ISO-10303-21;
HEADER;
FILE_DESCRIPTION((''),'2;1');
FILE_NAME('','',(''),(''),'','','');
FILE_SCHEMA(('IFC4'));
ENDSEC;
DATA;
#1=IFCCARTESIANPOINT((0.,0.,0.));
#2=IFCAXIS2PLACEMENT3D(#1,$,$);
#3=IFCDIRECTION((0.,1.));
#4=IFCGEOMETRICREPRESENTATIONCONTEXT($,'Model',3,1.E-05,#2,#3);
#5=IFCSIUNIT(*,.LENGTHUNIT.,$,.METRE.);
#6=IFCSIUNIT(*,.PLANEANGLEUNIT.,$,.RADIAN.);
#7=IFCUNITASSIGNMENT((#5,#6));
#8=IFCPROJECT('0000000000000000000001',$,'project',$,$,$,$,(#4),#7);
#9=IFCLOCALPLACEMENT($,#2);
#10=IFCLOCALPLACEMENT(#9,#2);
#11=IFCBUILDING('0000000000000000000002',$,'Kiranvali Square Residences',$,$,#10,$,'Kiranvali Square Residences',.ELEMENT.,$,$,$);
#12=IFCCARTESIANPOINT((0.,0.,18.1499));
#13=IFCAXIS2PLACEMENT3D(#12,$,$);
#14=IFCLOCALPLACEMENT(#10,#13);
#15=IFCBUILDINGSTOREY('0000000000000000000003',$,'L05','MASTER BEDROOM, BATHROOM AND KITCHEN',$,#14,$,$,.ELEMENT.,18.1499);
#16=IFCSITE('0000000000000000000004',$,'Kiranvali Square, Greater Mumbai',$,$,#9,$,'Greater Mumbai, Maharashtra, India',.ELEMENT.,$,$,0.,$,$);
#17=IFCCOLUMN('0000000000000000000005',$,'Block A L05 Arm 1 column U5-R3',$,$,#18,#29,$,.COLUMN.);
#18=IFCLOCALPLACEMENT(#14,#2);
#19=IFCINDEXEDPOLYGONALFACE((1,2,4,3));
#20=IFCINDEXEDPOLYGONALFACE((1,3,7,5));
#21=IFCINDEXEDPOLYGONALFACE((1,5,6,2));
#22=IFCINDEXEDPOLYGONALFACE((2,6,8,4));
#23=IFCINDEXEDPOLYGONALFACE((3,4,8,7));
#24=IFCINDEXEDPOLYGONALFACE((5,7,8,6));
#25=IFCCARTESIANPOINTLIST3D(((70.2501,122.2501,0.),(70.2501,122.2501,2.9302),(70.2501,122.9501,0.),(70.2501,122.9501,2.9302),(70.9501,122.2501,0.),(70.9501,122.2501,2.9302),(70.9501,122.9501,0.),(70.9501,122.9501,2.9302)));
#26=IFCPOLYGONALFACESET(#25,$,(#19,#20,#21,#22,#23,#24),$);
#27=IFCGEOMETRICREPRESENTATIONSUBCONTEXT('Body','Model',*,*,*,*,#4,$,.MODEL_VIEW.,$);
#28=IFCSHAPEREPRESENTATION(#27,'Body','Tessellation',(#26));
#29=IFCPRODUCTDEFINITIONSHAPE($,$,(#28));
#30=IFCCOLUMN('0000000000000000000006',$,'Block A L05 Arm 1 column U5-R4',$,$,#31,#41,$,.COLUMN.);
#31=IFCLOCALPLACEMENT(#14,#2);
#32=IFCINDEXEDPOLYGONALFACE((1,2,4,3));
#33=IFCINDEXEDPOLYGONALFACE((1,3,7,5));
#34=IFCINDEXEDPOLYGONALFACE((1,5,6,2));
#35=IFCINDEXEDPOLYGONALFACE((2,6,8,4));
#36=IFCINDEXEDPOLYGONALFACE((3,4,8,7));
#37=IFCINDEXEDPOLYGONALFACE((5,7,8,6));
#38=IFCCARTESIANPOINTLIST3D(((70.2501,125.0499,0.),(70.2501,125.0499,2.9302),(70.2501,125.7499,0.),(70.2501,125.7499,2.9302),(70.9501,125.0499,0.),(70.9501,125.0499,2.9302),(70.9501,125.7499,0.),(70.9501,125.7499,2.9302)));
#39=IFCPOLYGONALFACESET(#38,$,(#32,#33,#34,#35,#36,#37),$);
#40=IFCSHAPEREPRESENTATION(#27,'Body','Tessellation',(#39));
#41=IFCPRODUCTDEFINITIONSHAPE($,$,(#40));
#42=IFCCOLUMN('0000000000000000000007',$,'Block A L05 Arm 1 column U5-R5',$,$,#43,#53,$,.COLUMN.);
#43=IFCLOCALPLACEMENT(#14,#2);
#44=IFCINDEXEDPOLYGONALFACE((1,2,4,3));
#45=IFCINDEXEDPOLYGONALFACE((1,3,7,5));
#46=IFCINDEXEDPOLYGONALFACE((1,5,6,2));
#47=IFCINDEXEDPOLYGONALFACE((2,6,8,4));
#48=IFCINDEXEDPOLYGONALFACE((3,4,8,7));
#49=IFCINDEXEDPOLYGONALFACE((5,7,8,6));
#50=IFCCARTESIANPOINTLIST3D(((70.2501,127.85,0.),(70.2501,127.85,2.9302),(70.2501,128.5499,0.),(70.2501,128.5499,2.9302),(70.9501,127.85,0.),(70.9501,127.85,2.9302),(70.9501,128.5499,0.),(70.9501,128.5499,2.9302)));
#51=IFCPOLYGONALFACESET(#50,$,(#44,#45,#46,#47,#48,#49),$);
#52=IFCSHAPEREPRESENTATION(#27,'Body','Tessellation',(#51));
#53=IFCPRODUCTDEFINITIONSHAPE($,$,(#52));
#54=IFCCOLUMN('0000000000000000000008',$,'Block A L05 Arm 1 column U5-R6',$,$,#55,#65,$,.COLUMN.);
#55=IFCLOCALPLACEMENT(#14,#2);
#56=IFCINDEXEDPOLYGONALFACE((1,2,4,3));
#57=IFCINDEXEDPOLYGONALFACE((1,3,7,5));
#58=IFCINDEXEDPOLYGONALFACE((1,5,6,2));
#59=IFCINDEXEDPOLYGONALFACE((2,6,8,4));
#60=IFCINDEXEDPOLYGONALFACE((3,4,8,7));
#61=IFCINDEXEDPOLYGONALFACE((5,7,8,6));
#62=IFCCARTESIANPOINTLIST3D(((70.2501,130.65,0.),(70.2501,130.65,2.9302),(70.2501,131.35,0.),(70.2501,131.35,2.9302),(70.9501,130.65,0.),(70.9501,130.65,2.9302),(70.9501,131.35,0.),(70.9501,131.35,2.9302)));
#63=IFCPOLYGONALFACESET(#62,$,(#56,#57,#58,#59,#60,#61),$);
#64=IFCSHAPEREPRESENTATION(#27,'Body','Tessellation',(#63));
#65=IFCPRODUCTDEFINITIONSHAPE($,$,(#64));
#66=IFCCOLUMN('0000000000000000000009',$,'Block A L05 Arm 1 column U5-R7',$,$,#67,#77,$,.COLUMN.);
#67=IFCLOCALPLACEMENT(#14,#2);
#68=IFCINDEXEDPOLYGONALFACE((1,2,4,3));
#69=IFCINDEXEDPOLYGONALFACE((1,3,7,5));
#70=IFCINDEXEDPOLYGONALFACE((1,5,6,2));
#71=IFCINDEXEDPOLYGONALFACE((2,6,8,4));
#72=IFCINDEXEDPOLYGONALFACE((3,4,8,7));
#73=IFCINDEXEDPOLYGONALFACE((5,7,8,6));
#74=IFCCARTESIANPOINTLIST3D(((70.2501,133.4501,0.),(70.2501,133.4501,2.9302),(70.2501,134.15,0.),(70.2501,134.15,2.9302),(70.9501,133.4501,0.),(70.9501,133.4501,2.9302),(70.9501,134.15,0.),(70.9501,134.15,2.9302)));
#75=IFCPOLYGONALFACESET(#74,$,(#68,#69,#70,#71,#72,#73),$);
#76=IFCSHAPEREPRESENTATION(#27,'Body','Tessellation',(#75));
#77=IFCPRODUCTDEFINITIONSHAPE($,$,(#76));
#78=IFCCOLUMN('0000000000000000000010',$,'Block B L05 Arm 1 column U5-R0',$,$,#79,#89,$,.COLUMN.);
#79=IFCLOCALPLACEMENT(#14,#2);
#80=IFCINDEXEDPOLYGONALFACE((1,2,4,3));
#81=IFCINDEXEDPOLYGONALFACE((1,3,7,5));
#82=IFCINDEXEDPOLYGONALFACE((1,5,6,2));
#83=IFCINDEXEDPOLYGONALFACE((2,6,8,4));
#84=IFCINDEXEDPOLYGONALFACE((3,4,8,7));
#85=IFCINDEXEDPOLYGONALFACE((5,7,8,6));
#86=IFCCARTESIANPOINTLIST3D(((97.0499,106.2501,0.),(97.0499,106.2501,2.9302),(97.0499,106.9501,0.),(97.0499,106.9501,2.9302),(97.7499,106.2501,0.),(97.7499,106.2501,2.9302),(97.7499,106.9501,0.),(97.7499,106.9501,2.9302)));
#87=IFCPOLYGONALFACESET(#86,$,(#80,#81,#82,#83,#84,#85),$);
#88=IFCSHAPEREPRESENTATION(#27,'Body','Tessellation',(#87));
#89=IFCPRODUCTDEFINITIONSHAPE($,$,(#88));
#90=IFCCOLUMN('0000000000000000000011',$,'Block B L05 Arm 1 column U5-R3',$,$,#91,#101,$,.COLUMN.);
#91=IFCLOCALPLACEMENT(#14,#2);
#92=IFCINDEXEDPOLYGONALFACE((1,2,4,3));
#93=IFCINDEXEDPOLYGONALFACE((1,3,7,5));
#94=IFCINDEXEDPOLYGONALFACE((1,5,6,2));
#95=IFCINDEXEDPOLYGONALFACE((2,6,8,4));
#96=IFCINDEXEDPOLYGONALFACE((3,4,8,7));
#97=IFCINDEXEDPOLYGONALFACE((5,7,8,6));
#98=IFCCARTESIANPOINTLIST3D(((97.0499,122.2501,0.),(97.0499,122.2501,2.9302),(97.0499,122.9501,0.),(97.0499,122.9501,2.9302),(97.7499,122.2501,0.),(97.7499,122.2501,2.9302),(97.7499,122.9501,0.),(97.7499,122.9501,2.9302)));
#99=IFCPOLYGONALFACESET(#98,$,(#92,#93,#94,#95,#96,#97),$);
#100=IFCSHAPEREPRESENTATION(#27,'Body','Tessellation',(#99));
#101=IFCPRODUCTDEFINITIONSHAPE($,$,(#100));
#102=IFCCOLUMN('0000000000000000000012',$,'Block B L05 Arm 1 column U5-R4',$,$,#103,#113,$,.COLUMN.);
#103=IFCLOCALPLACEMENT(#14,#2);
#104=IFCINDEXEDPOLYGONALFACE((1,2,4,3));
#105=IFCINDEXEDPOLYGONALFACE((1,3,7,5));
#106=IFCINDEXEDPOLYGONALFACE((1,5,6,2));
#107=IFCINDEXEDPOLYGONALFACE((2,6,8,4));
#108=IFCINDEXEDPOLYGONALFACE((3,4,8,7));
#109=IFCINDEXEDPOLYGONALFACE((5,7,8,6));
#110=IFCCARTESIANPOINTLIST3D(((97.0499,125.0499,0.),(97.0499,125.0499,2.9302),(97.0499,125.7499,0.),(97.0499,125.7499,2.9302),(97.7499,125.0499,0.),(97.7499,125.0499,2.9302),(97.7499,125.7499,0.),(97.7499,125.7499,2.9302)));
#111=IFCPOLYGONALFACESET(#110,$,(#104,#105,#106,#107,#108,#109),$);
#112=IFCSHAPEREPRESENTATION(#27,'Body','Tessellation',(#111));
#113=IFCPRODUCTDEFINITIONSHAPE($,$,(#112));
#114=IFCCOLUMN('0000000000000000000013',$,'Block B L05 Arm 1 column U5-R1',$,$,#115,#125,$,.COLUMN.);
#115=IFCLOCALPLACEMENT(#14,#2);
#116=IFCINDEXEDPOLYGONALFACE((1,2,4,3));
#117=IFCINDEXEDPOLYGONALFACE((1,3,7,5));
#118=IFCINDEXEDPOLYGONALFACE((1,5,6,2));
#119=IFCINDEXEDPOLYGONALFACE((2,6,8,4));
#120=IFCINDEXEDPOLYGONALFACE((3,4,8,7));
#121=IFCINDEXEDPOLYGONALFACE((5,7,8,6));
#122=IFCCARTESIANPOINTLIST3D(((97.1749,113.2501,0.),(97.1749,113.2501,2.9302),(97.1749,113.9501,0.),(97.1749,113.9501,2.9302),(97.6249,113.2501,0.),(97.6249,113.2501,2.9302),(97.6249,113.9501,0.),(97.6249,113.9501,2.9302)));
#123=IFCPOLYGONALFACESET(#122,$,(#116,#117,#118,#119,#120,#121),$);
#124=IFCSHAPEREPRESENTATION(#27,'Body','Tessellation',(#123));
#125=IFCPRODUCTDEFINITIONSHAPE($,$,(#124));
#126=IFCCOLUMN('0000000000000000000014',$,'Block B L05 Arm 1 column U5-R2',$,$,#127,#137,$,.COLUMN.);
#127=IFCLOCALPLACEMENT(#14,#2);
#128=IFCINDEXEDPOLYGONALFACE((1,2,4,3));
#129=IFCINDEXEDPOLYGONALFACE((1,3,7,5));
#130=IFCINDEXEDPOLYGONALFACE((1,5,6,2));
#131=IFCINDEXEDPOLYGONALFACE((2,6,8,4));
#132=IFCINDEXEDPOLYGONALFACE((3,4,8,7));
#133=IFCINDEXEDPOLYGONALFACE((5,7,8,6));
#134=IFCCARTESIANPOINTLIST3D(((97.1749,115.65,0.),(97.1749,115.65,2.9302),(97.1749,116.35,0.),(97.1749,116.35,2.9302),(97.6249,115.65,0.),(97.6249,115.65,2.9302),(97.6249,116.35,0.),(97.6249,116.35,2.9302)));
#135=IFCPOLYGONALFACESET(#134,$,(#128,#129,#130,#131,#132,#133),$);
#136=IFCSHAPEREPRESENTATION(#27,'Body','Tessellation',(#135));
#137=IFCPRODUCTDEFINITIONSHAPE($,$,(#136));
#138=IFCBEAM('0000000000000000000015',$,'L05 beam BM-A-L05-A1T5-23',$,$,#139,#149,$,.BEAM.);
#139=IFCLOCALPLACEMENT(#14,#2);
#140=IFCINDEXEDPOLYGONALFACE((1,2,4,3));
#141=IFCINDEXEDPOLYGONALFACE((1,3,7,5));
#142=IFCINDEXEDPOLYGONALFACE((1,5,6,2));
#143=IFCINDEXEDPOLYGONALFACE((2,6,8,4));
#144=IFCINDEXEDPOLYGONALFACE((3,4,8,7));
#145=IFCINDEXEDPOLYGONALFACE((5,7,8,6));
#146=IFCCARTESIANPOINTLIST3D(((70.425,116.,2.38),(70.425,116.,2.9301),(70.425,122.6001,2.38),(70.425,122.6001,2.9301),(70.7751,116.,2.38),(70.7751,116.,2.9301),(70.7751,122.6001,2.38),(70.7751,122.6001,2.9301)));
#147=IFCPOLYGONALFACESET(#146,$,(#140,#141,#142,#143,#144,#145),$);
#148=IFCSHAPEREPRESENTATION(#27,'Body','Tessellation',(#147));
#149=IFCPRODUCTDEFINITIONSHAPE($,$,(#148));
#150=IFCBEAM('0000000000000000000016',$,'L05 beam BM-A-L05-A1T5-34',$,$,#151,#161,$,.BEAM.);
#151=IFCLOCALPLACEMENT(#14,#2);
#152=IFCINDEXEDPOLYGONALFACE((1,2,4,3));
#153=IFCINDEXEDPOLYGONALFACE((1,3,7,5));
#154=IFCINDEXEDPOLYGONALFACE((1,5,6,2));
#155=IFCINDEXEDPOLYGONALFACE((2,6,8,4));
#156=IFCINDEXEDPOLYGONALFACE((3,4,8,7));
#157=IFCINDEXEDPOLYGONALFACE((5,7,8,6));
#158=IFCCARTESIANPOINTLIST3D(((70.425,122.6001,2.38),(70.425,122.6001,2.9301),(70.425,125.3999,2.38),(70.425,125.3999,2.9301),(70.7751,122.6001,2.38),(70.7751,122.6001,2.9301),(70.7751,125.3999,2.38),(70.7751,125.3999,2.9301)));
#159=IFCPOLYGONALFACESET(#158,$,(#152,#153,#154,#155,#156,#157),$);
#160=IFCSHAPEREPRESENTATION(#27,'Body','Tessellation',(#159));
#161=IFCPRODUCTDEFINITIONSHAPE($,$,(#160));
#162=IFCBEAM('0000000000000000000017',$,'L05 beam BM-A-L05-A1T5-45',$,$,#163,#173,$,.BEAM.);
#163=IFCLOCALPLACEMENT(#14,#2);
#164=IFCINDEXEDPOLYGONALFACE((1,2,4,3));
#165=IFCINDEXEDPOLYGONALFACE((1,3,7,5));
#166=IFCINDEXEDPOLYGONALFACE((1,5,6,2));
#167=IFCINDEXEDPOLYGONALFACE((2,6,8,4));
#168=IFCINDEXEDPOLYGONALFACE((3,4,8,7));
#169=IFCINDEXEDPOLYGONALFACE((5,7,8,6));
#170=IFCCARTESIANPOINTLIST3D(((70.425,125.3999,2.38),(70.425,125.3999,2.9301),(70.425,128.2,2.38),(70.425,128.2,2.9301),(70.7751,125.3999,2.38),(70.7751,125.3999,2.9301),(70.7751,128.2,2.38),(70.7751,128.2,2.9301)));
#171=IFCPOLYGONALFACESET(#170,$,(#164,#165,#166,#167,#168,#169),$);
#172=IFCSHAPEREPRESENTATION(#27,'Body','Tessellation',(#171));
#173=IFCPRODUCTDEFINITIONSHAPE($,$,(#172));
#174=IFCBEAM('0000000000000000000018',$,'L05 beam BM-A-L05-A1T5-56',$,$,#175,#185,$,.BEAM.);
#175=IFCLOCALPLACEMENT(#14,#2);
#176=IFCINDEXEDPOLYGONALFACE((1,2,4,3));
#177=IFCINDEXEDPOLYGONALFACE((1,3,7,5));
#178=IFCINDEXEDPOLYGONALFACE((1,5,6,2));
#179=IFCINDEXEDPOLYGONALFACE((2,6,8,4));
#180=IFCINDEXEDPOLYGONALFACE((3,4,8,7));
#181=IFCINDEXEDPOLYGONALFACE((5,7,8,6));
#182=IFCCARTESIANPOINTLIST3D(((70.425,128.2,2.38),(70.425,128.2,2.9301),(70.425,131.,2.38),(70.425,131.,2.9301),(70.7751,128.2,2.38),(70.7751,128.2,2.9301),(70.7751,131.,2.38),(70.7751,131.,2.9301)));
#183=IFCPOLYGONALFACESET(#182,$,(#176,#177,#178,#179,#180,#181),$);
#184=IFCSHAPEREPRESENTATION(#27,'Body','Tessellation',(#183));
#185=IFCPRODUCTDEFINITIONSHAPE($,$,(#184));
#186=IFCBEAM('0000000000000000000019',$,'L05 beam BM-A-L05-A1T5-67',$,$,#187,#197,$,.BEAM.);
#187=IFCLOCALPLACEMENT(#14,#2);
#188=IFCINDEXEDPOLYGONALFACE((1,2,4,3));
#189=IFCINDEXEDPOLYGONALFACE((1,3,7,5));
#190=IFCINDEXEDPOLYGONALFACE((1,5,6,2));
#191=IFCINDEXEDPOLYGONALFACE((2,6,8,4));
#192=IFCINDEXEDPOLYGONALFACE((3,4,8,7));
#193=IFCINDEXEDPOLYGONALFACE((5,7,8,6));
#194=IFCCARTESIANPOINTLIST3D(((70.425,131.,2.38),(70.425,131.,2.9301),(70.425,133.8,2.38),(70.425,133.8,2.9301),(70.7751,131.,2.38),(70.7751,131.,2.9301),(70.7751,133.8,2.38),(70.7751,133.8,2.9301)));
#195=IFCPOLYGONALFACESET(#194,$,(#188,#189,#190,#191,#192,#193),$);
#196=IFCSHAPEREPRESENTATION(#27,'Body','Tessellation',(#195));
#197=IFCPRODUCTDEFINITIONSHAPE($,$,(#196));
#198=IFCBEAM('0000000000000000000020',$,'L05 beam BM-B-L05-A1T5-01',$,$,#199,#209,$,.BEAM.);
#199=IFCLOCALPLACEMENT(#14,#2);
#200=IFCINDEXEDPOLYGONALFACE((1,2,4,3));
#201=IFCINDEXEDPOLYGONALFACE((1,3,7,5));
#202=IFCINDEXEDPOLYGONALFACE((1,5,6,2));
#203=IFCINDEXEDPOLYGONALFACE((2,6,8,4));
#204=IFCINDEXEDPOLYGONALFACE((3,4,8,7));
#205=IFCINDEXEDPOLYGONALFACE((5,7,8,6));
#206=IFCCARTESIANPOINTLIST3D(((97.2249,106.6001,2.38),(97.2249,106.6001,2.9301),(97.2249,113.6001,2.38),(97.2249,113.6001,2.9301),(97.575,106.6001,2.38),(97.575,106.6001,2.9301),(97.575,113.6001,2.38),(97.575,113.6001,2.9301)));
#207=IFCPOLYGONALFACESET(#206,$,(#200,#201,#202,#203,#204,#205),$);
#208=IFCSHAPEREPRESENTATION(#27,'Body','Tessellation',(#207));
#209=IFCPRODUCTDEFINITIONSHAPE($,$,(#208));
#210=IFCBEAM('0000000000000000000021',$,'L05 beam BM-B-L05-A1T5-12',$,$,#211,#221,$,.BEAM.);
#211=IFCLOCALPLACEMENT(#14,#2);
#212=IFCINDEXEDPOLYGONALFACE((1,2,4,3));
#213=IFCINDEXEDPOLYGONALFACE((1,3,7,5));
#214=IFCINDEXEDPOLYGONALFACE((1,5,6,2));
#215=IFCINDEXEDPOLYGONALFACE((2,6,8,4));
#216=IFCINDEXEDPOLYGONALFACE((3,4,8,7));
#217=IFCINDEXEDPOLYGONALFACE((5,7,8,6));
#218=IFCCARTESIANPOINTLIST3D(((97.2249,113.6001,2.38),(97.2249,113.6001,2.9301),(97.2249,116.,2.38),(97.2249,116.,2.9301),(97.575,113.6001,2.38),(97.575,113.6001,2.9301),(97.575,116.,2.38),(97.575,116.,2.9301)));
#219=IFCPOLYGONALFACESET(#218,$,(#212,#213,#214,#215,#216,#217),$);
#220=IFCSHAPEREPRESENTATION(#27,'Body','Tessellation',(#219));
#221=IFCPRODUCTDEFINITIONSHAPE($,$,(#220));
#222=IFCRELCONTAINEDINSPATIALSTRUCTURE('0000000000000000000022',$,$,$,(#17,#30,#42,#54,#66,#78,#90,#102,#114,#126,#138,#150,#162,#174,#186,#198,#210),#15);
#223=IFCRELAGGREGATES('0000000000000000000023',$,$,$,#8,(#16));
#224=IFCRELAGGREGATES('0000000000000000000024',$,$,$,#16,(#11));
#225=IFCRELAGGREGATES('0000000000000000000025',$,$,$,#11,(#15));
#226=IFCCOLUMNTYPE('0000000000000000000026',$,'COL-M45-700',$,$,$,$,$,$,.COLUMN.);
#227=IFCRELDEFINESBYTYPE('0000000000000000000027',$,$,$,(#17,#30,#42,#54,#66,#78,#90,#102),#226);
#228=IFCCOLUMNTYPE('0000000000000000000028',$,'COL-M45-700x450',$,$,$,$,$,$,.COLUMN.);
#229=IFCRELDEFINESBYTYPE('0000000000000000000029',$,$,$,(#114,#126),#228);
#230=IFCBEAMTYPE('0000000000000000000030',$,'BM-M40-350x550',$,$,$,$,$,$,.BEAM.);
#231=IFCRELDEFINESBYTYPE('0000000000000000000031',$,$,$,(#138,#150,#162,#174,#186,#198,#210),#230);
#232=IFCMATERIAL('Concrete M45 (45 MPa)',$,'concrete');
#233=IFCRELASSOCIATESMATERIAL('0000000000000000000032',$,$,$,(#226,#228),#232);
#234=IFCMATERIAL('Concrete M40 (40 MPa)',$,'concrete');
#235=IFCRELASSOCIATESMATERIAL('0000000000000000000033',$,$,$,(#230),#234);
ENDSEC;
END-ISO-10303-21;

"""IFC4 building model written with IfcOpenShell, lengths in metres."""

from ifc_helpers import new_model, si_unit, direction, frame, origin, origin_2d, place, context, subcontext, project, spatial, rectangle, extrude, material, material_profile, profile_set, type_object, element, save


model = new_model("IFC4")

# Units and contexts
model_context = context("Model", 3, precision=1e-05, world=origin(), true_north=direction((0.0, 1.0)))
body_context = subcontext(model_context, "Body", "Model", "MODEL_VIEW")
ifc_project = project(units=[si_unit("LENGTHUNIT", "METRE"), si_unit("PLANEANGLEUNIT", "RADIAN")], contexts=[model_context])

# Site, building, storey
site_placement = place(None, origin())
site = spatial("IfcSite", under=ifc_project, at=site_placement, Name="Kiranvali Square, Greater Mumbai", LongName="Greater Mumbai, Maharashtra, India", CompositionType="ELEMENT", RefElevation=0.0)
building_placement = place(site_placement, origin())
building = spatial("IfcBuilding", under=site, at=building_placement, Name="Kiranvali Square Residences", LongName="Kiranvali Square Residences", CompositionType="ELEMENT")
storey_placement = place(building_placement, frame((0.0, 0.0, 18.1499)))
storey = spatial("IfcBuildingStorey", under=building, at=storey_placement, Name="L05", Description="MASTER BEDROOM, BATHROOM AND KITCHEN", CompositionType="ELEMENT", Elevation=18.1499)

# Columns
ifc_material_1 = material(Name="Concrete M45 (45 MPa)", Category="concrete")
ifc_material_profile_1 = material_profile(ifc_material_1, rectangle(XDim=0.7, YDim=0.7, at=origin_2d()), Name="RC 700x700")
ifc_profile_set_1 = profile_set([ifc_material_profile_1], Name="Concrete M45 (45 MPa)")
column_type_1 = type_object("IfcColumnType", Name="COL-M45-700", PredefinedType="COLUMN", material=ifc_profile_set_1)
for number, where, z_axis, x_axis, name in (
    (1, (70.6001, 122.6001, 0.0), (0.0, 0.0, 1.0), (1.0, 0.0, 0.0), "Block A L05 Arm 1 column U5-R3"),
    (2, (70.6001, 125.3999, 0.0), (0.0, 0.0, 1.0), (1.0, 0.0, 0.0), "Block A L05 Arm 1 column U5-R4"),
    (3, (70.6001, 128.2, 0.0), (0.0, 0.0, 1.0), (1.0, 0.0, 0.0), "Block A L05 Arm 1 column U5-R5"),
    (4, (70.6001, 131.0, 0.0), (0.0, 0.0, 1.0), (1.0, 0.0, 0.0), "Block A L05 Arm 1 column U5-R6"),
    (5, (70.6001, 133.8, 0.0), (0.0, 0.0, 1.0), (1.0, 0.0, 0.0), "Block A L05 Arm 1 column U5-R7"),
    (6, (97.3999, 106.6001, 0.0), (0.0, 0.0, 1.0), (1.0, 0.0, 0.0), "Block B L05 Arm 1 column U5-R0"),
    (7, (97.3999, 122.6001, 0.0), (0.0, 0.0, 1.0), (1.0, 0.0, 0.0), "Block B L05 Arm 1 column U5-R3"),
    (8, (97.3999, 125.3999, 0.0), (0.0, 0.0, 1.0), (1.0, 0.0, 0.0), "Block B L05 Arm 1 column U5-R4"),
):
    element("IfcColumn", number, at=place(storey_placement, frame(where, z_axis=z_axis, x_axis=x_axis)), inside=storey, type_object=column_type_1, Name=name, PredefinedType="COLUMN", context=body_context, shape_type="SweptSolid", body=[
        extrude(rectangle(XDim=0.7, YDim=0.7, at=origin_2d()), origin(), (0.0, 0.0, 1.0), 2.9302),
    ])
ifc_material_profile_2 = material_profile(ifc_material_1, rectangle(XDim=0.45, YDim=0.7, at=origin_2d()), Name="RC 700x450")
ifc_profile_set_2 = profile_set([ifc_material_profile_2], Name="Concrete M45 (45 MPa)")
column_type_2 = type_object("IfcColumnType", Name="COL-M45-700x450", PredefinedType="COLUMN", material=ifc_profile_set_2)
for number, where, z_axis, x_axis, name in (
    (9, (97.3999, 113.6001, 0.0), (0.0, 0.0, 1.0), (1.0, 0.0, 0.0), "Block B L05 Arm 1 column U5-R1"),
    (10, (97.3999, 116.0, 0.0), (0.0, 0.0, 1.0), (1.0, 0.0, 0.0), "Block B L05 Arm 1 column U5-R2"),
):
    element("IfcColumn", number, at=place(storey_placement, frame(where, z_axis=z_axis, x_axis=x_axis)), inside=storey, type_object=column_type_2, Name=name, PredefinedType="COLUMN", context=body_context, shape_type="SweptSolid", body=[
        extrude(rectangle(XDim=0.45, YDim=0.7, at=origin_2d()), origin(), (0.0, 0.0, 1.0), 2.9302),
    ])

# Beams
ifc_material_2 = material(Name="Concrete M40 (40 MPa)", Category="concrete")
ifc_material_profile_3 = material_profile(ifc_material_2, rectangle(XDim=0.3501, YDim=0.55, at=origin_2d()), Name="RC 350x550")
ifc_profile_set_3 = profile_set([ifc_material_profile_3], Name="Concrete M40 (40 MPa)")
beam_type = type_object("IfcBeamType", Name="BM-M40-350x550", PredefinedType="BEAM", material=ifc_profile_set_3)
beam_1_placement = place(storey_placement, frame((70.6001, 116.0, 2.655), z_axis=(0.0, 1.0, 0.0), x_axis=(-1.0, 0.0, 0.0)))
element("IfcBeam", 11, at=beam_1_placement, inside=storey, type_object=beam_type, Name="L05 beam BM-A-L05-A1T5-23", PredefinedType="BEAM", context=body_context, shape_type="SweptSolid", body=[
    extrude(rectangle(XDim=0.3501, YDim=0.55, at=origin_2d()), origin(), (0.0, 0.0, 1.0), 6.6001),
])
beam_2_placement = place(storey_placement, frame((70.6001, 122.6001, 2.655), z_axis=(0.0, 1.0, 0.0), x_axis=(-1.0, 0.0, 0.0)))
element("IfcBeam", 12, at=beam_2_placement, inside=storey, type_object=beam_type, Name="L05 beam BM-A-L05-A1T5-34", PredefinedType="BEAM", context=body_context, shape_type="SweptSolid", body=[
    extrude(rectangle(XDim=0.3501, YDim=0.55, at=origin_2d()), origin(), (0.0, 0.0, 1.0), 2.7998),
])
for number, where, z_axis, x_axis, name in (
    (13, (70.6001, 125.3999, 2.655), (0.0, 1.0, 0.0), (-1.0, 0.0, 0.0), "L05 beam BM-A-L05-A1T5-45"),
    (14, (70.6001, 128.2, 2.655), (0.0, 1.0, 0.0), (-1.0, 0.0, 0.0), "L05 beam BM-A-L05-A1T5-56"),
    (15, (70.6001, 131.0, 2.655), (0.0, 1.0, 0.0), (-1.0, 0.0, 0.0), "L05 beam BM-A-L05-A1T5-67"),
):
    element("IfcBeam", number, at=place(storey_placement, frame(where, z_axis=z_axis, x_axis=x_axis)), inside=storey, type_object=beam_type, Name=name, PredefinedType="BEAM", context=body_context, shape_type="SweptSolid", body=[
        extrude(rectangle(XDim=0.3501, YDim=0.55, at=origin_2d()), origin(), (0.0, 0.0, 1.0), 2.8),
    ])
beam_3_placement = place(storey_placement, frame((97.3999, 106.6001, 2.655), z_axis=(0.0, 1.0, 0.0), x_axis=(-1.0, 0.0, 0.0)))
element("IfcBeam", 16, at=beam_3_placement, inside=storey, type_object=beam_type, Name="L05 beam BM-B-L05-A1T5-01", PredefinedType="BEAM", context=body_context, shape_type="SweptSolid", body=[
    extrude(rectangle(XDim=0.3501, YDim=0.55, at=origin_2d()), origin(), (0.0, 0.0, 1.0), 7.0),
])
beam_4_placement = place(storey_placement, frame((97.3999, 113.6001, 2.655), z_axis=(0.0, 1.0, 0.0), x_axis=(-1.0, 0.0, 0.0)))
element("IfcBeam", 17, at=beam_4_placement, inside=storey, type_object=beam_type, Name="L05 beam BM-B-L05-A1T5-12", PredefinedType="BEAM", context=body_context, shape_type="SweptSolid", body=[
    extrude(rectangle(XDim=0.3501, YDim=0.55, at=origin_2d()), origin(), (0.0, 0.0, 1.0), 2.3999),
])

save(model, "model.ifc")
